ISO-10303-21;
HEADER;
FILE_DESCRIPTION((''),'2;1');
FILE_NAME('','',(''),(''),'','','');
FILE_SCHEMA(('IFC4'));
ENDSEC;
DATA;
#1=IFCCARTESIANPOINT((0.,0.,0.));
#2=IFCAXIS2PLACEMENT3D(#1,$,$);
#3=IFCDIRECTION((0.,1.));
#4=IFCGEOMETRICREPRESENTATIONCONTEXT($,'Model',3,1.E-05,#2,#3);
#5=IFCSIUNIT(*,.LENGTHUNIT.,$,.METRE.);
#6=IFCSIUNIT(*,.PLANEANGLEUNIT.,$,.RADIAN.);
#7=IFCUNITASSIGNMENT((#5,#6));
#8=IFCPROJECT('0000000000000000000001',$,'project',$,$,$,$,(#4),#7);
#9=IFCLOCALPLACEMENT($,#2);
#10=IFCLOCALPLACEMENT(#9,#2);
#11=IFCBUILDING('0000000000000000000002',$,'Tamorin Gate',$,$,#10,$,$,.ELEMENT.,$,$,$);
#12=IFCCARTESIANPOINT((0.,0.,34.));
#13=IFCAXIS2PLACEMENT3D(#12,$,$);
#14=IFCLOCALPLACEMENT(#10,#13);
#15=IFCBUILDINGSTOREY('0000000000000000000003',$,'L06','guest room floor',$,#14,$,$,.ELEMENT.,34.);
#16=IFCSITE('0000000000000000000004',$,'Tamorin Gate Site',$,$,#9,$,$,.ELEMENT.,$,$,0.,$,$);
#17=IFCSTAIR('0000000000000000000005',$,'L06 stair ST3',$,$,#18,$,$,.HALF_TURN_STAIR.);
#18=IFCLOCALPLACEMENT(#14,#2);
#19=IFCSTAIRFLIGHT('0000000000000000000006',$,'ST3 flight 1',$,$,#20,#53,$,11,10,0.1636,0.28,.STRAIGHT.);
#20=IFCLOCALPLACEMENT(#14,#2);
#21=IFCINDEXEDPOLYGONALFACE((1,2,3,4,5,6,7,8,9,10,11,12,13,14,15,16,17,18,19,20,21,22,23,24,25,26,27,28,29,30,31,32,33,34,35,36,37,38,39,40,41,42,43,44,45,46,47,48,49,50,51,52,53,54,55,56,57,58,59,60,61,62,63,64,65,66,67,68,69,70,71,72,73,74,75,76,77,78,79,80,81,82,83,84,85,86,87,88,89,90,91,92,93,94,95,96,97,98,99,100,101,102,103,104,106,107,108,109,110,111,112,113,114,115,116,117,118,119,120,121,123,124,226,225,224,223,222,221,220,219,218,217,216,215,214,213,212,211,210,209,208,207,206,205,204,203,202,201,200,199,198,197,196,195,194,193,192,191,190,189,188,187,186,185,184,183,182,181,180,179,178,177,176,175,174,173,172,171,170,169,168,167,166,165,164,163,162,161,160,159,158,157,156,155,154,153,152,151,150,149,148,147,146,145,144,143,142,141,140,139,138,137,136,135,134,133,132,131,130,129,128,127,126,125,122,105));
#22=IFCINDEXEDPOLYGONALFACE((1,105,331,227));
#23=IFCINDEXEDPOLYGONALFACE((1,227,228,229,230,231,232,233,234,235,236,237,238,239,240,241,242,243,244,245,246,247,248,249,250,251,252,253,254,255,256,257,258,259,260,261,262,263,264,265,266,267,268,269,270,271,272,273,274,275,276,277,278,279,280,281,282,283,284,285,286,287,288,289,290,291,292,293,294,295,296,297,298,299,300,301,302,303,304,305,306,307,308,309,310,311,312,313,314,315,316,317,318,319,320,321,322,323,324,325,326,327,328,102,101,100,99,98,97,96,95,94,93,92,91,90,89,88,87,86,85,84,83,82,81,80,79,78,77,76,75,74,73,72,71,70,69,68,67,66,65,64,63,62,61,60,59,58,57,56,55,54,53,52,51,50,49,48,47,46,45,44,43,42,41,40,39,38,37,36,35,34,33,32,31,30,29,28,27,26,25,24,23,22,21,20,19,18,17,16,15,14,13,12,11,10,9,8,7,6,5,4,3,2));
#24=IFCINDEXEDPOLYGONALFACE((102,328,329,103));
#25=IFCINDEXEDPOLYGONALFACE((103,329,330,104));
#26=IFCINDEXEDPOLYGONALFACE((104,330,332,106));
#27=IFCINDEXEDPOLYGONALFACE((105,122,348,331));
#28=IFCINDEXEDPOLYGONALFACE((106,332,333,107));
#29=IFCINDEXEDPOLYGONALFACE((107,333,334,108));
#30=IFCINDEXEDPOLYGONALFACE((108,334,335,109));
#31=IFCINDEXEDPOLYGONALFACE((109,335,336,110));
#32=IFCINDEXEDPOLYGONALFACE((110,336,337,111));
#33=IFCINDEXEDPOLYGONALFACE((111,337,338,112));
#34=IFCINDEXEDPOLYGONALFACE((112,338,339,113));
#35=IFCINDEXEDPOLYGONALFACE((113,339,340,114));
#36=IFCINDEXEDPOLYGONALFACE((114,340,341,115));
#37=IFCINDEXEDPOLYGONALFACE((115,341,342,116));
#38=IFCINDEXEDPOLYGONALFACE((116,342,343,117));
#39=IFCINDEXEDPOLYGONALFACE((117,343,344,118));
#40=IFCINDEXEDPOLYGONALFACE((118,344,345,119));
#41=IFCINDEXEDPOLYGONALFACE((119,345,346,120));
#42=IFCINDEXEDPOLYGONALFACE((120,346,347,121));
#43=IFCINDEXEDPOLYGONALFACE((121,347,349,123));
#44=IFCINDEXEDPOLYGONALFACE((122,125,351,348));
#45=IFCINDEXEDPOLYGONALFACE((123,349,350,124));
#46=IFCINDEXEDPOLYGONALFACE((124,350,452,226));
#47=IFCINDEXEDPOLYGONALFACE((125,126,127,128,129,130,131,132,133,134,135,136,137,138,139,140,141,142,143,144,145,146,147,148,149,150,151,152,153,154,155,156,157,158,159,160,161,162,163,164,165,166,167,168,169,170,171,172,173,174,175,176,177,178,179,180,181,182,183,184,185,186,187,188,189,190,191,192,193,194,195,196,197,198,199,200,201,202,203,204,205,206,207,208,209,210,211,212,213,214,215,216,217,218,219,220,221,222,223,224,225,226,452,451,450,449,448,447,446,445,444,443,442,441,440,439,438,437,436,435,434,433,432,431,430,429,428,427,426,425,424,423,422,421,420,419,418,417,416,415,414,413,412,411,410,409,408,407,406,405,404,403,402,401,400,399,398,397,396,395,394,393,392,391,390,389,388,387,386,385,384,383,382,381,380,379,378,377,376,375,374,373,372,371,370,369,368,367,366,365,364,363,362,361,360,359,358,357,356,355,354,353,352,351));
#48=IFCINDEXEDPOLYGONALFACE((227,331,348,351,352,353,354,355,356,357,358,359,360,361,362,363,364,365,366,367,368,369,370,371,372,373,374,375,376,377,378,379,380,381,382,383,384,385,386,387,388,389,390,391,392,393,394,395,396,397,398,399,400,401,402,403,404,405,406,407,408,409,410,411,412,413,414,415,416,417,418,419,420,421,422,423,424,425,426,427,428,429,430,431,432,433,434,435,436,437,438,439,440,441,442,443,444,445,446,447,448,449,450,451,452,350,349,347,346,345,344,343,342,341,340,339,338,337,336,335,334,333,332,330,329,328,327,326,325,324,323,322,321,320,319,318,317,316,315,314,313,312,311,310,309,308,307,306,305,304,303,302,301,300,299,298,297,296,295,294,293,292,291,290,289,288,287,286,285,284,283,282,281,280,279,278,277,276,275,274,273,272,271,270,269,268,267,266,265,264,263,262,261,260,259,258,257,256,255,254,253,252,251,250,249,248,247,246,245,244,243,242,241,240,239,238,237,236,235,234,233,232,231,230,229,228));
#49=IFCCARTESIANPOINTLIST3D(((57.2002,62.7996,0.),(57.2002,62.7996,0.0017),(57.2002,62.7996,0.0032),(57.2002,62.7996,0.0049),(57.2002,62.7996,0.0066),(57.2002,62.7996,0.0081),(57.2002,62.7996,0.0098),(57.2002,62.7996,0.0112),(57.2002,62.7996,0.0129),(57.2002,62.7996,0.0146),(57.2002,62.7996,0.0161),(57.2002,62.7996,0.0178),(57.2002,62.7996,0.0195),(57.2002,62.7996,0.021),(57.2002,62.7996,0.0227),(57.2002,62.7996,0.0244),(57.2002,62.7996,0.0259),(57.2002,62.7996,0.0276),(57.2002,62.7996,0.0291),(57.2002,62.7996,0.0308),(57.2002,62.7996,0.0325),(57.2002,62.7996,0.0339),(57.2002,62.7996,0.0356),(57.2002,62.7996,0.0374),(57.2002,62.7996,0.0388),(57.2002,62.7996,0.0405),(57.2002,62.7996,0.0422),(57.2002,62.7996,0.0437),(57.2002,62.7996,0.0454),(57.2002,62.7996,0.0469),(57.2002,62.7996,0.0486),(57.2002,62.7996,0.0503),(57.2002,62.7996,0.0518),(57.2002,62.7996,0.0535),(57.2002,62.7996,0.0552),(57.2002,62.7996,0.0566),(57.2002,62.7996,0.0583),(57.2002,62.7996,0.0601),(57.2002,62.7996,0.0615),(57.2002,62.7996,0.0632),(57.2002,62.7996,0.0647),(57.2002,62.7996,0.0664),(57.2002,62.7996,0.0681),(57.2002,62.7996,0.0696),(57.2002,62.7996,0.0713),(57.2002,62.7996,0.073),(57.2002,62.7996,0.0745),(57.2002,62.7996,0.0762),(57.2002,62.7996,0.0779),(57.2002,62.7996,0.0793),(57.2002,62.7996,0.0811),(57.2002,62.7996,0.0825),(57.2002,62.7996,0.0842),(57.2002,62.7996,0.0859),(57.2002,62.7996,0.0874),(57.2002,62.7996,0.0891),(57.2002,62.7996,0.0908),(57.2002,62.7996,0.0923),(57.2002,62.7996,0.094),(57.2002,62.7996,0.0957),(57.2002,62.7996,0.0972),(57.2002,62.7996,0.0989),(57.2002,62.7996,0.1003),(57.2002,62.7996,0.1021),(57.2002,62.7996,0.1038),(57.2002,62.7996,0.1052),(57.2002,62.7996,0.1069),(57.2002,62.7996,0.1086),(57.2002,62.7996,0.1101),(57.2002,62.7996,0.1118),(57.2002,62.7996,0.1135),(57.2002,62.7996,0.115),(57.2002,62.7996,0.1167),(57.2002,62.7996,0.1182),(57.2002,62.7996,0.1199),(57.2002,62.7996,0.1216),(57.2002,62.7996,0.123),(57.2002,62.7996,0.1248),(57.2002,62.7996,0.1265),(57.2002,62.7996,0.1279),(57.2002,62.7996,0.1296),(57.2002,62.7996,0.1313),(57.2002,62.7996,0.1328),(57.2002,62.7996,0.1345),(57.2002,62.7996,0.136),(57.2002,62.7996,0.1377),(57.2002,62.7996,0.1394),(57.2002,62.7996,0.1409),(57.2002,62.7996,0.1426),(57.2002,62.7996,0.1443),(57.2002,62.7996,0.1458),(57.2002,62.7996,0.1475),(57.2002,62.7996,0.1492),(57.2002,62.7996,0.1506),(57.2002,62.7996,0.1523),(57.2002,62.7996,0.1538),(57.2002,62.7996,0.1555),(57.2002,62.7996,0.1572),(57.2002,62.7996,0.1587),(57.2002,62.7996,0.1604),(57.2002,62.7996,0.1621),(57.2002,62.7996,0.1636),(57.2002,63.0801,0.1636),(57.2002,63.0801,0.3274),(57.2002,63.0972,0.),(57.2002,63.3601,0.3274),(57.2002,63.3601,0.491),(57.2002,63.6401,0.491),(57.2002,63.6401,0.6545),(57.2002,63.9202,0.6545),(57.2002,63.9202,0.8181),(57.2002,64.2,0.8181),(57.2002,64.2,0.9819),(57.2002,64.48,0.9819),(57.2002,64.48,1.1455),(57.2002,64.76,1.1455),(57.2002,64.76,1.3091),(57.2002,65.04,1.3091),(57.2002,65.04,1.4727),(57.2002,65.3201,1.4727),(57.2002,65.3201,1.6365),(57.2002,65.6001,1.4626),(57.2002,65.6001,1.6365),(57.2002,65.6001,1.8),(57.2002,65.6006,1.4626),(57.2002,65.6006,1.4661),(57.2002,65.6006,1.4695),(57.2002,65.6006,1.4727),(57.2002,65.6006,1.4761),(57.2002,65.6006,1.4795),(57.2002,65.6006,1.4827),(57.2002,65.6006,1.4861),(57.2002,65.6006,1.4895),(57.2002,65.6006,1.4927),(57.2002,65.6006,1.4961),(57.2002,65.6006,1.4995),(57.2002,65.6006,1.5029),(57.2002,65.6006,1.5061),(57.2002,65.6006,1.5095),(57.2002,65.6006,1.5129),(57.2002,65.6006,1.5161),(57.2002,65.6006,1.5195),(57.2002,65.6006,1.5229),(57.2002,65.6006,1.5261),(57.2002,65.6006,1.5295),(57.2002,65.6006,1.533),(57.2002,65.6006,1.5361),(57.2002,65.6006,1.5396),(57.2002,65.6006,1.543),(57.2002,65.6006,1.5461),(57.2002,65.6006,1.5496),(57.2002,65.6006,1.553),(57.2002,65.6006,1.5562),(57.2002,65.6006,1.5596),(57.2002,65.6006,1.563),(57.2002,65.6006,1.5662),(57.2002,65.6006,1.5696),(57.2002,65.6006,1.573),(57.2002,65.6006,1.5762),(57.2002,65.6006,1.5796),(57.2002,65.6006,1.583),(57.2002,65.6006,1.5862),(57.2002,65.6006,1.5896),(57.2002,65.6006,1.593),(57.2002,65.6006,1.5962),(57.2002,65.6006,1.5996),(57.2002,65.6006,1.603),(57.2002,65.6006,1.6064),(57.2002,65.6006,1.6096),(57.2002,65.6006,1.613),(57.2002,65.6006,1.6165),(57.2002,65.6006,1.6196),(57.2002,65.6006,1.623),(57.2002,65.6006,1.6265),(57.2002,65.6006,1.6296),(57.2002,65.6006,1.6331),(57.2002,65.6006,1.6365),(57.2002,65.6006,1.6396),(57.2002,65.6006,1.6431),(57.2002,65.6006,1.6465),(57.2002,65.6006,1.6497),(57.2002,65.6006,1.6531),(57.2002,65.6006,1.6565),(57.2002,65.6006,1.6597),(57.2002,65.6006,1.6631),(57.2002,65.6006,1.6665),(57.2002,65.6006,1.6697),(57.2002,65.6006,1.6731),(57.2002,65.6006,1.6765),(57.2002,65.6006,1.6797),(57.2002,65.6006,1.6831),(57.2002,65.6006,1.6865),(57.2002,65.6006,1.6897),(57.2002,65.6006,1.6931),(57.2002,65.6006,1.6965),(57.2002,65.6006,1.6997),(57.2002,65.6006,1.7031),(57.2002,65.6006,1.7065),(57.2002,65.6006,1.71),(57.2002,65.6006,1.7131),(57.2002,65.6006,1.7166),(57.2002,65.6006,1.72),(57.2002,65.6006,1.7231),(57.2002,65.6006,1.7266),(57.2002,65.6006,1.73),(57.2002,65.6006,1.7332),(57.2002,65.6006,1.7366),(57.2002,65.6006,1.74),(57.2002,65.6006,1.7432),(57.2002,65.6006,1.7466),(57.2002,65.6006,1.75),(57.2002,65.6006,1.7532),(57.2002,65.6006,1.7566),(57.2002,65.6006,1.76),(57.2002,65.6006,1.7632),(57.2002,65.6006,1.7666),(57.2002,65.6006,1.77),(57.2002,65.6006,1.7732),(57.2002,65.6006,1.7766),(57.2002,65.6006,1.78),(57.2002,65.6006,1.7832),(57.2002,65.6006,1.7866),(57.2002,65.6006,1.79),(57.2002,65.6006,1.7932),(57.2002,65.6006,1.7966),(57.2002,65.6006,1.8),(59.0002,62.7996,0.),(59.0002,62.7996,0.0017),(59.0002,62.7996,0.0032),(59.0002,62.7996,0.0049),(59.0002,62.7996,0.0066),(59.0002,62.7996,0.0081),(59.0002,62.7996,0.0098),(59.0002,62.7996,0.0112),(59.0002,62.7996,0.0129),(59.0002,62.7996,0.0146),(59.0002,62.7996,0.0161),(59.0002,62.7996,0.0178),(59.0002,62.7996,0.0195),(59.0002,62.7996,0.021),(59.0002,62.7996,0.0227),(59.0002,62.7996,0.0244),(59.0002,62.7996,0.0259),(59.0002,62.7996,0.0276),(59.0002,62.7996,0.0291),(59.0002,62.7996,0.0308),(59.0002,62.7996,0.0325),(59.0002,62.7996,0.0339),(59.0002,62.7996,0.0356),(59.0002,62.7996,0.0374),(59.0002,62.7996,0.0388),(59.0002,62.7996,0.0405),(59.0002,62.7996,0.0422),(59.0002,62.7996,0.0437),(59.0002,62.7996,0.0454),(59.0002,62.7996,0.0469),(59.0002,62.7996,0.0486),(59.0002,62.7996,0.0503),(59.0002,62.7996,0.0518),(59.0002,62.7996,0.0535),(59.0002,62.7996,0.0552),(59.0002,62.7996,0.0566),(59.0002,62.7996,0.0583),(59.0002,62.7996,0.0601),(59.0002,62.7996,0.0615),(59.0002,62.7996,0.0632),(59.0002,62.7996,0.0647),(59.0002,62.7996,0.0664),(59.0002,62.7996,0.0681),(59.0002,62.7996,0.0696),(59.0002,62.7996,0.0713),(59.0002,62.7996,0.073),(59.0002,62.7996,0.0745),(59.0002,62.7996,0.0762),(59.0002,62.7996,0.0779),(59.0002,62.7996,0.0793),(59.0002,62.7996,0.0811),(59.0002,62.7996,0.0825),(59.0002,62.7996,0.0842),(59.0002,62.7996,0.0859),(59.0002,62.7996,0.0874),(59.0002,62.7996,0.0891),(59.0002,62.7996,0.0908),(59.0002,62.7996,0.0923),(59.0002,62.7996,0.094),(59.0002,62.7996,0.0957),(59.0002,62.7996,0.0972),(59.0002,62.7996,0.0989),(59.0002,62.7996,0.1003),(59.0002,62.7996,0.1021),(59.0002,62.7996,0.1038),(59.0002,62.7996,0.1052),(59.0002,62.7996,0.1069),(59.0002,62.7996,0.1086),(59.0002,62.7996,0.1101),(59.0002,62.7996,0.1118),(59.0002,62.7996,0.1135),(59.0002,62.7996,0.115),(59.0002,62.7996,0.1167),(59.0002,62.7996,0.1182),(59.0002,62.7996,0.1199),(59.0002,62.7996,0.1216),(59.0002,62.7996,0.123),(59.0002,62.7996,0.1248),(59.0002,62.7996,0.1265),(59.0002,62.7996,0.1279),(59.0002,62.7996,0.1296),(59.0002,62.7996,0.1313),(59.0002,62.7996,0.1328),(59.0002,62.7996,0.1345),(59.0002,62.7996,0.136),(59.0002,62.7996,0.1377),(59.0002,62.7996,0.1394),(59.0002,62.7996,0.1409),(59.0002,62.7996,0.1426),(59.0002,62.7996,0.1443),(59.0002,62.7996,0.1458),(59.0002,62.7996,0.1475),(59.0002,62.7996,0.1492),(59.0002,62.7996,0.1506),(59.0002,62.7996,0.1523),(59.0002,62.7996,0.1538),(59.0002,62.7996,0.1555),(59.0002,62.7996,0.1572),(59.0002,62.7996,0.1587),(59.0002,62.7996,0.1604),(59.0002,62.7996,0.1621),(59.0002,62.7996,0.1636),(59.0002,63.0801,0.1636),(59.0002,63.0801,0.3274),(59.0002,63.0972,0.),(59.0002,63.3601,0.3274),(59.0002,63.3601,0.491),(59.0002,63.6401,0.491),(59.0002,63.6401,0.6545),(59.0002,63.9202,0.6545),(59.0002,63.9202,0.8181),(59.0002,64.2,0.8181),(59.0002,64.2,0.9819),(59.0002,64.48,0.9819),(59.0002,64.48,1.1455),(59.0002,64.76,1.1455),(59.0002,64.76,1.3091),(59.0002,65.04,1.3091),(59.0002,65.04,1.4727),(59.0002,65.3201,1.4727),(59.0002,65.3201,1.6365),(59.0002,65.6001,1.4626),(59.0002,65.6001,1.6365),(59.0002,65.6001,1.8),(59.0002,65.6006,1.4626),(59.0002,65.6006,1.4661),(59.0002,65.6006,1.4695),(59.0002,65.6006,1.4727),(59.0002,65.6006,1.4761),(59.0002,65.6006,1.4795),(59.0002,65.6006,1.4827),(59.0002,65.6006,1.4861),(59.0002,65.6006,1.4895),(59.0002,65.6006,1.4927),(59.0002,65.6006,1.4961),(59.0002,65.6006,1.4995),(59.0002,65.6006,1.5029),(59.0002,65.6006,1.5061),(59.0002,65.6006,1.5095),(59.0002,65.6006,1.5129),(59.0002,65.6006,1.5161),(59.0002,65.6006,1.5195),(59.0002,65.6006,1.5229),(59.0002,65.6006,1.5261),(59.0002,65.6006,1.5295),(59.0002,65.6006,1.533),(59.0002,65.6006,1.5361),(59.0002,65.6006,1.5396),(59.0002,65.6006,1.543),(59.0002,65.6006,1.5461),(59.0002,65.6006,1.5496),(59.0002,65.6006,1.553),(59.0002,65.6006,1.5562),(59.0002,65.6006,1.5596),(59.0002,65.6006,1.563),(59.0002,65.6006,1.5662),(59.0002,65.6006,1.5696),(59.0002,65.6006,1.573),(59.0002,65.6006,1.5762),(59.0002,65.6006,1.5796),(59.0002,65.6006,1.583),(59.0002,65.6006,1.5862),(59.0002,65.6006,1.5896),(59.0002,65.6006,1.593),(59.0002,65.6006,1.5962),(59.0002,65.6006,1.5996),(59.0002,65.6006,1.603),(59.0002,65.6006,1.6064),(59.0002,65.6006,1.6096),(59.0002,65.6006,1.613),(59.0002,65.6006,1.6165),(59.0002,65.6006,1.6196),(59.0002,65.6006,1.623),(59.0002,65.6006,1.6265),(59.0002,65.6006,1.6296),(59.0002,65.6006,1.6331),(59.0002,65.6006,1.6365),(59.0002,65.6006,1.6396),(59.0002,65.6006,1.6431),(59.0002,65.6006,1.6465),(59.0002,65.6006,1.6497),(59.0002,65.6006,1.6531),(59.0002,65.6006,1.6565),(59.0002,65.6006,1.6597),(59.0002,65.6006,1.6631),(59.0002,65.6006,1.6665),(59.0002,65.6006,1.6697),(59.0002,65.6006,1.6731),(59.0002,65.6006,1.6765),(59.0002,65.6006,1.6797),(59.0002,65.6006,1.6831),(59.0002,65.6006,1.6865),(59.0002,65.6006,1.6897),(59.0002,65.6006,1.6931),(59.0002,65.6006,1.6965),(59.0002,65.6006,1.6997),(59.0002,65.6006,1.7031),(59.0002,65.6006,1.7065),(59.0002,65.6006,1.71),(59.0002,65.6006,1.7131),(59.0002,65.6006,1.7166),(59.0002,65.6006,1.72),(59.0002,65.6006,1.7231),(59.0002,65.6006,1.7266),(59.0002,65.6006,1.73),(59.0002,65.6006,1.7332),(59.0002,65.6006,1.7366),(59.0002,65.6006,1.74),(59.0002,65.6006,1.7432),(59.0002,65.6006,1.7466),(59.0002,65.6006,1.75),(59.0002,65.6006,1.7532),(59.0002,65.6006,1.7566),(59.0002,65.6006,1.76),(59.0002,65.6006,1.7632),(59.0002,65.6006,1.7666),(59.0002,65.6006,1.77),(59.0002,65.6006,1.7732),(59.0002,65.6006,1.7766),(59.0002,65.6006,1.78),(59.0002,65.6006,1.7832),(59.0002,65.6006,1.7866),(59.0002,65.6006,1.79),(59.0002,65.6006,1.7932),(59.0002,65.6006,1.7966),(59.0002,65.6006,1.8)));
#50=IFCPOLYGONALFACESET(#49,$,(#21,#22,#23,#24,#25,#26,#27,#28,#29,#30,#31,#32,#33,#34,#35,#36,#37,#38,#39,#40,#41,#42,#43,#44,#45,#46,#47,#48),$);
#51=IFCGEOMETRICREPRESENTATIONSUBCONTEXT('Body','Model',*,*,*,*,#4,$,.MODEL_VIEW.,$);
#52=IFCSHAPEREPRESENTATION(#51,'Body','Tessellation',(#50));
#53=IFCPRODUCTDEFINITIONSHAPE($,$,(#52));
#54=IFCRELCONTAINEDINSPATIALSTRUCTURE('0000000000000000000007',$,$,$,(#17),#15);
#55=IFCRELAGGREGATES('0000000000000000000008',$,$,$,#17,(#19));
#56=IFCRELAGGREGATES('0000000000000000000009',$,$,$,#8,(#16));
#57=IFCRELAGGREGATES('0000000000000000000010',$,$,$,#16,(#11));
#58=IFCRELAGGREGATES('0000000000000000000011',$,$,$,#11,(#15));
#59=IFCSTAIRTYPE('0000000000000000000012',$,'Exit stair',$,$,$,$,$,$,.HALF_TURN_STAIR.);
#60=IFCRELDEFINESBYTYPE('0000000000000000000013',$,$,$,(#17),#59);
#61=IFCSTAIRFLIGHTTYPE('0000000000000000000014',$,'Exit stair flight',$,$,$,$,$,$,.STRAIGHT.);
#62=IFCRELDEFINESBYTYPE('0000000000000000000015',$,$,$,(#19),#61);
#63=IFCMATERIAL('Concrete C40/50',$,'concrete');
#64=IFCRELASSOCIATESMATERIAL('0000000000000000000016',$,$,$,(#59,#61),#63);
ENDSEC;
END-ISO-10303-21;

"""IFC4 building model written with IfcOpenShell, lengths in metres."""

from ifc_helpers import new_model, si_unit, direction, frame, origin, place, context, subcontext, project, spatial, polyline, outline, extrude, material, type_object, element, aggregate, save


model = new_model("IFC4")

# Units and contexts
model_context = context("Model", 3, precision=1e-05, world=origin(), true_north=direction((0.0, 1.0)))
body_context = subcontext(model_context, "Body", "Model", "MODEL_VIEW")
ifc_project = project(units=[si_unit("LENGTHUNIT", "METRE"), si_unit("PLANEANGLEUNIT", "RADIAN")], contexts=[model_context])

# Site, building, storey
site_placement = place(None, origin())
site = spatial("IfcSite", under=ifc_project, at=site_placement, Name="Tamorin Gate Site", CompositionType="ELEMENT", RefElevation=0.0)
building_placement = place(site_placement, origin())
building = spatial("IfcBuilding", under=site, at=building_placement, Name="Tamorin Gate", CompositionType="ELEMENT")
storey_placement = place(building_placement, frame((0.0, 0.0, 34.0)))
storey = spatial("IfcBuildingStorey", under=building, at=storey_placement, Name="L06", Description="guest room floor", CompositionType="ELEMENT", Elevation=34.0)

# Shared definitions
ifc_material_1 = material(Name="Concrete C40/50", Category="concrete")

# Stair, stair flight
stair_type = type_object("IfcStairType", Name="Exit stair", PredefinedType="HALF_TURN_STAIR", material=ifc_material_1)
stair_placement = place(storey_placement, origin())
stair = element("IfcStair", 1, at=stair_placement, inside=storey, type_object=stair_type, Name="L06 stair ST3", PredefinedType="HALF_TURN_STAIR")
stair_flight_type = type_object("IfcStairFlightType", Name="Exit stair flight", PredefinedType="STRAIGHT", material=ifc_material_1)
stair_flight_1_placement = place(storey_placement, frame((58.1001, 62.8, 0.0), z_axis=(0.0, 0.0, 1.0), x_axis=(0.0, 1.0, 0.0)))
stair_flight_1 = element("IfcStairFlight", 2, at=stair_flight_1_placement, type_object=stair_flight_type, Name="ST3 flight 1", NumberOfRisers=11, NumberOfTreads=10, PredefinedType="STRAIGHT", RiserHeight=0.1636, TreadLength=0.28, context=body_context, shape_type="SweptSolid", body=[
    extrude(outline(polyline([(-0.0005, 0.0), (-0.0005, 0.0017), (-0.0005, 0.0032), (-0.0005, 0.0049), (-0.0005, 0.0066), (-0.0005, 0.0081), (-0.0005, 0.0098), (-0.0005, 0.0112), (-0.0005, 0.0129), (-0.0005, 0.0146), (-0.0005, 0.0161), (-0.0005, 0.0178), (-0.0005, 0.0195), (-0.0005, 0.021), (-0.0005, 0.0227), (-0.0005, 0.0244), (-0.0005, 0.0259), (-0.0005, 0.0276), (-0.0005, 0.0291), (-0.0005, 0.0308), (-0.0005, 0.0325), (-0.0005, 0.0339), (-0.0005, 0.0356), (-0.0005, 0.0374), (-0.0005, 0.0388), (-0.0005, 0.0405), (-0.0005, 0.0422), (-0.0005, 0.0437), (-0.0005, 0.0454), (-0.0005, 0.0469), (-0.0005, 0.0486), (-0.0005, 0.0503), (-0.0005, 0.0518), (-0.0005, 0.0535), (-0.0005, 0.0552), (-0.0005, 0.0566), (-0.0005, 0.0583), (-0.0005, 0.0601), (-0.0005, 0.0615), (-0.0005, 0.0632), (-0.0005, 0.0647), (-0.0005, 0.0664), (-0.0005, 0.0681), (-0.0005, 0.0696), (-0.0005, 0.0713), (-0.0005, 0.073), (-0.0005, 0.0745), (-0.0005, 0.0762), (-0.0005, 0.0779), (-0.0005, 0.0793), (-0.0005, 0.0811), (-0.0005, 0.0825), (-0.0005, 0.0842), (-0.0005, 0.0859), (-0.0005, 0.0874), (-0.0005, 0.0891), (-0.0005, 0.0908), (-0.0005, 0.0923), (-0.0005, 0.094), (-0.0005, 0.0957), (-0.0005, 0.0972), (-0.0005, 0.0989), (-0.0005, 0.1003), (-0.0005, 0.1021), (-0.0005, 0.1038), (-0.0005, 0.1052), (-0.0005, 0.1069), (-0.0005, 0.1086), (-0.0005, 0.1101), (-0.0005, 0.1118), (-0.0005, 0.1135), (-0.0005, 0.115), (-0.0005, 0.1167), (-0.0005, 0.1182), (-0.0005, 0.1199), (-0.0005, 0.1216), (-0.0005, 0.123), (-0.0005, 0.1248), (-0.0005, 0.1265), (-0.0005, 0.1279), (-0.0005, 0.1296), (-0.0005, 0.1313), (-0.0005, 0.1328), (-0.0005, 0.1345), (-0.0005, 0.136), (-0.0005, 0.1377), (-0.0005, 0.1394), (-0.0005, 0.1409), (-0.0005, 0.1426), (-0.0005, 0.1443), (-0.0005, 0.1458), (-0.0005, 0.1475), (-0.0005, 0.1492), (-0.0005, 0.1506), (-0.0005, 0.1523), (-0.0005, 0.1538), (-0.0005, 0.1555), (-0.0005, 0.1572), (-0.0005, 0.1587), (-0.0005, 0.1604), (-0.0005, 0.1621), (-0.0005, 0.1636), (0.28, 0.1636), (0.28, 0.3274), (0.5601, 0.3274), (0.5601, 0.491), (0.8401, 0.491), (0.8401, 0.6545), (1.1201, 0.6545), (1.1201, 0.8181), (1.3999, 0.8181), (1.3999, 0.9819), (1.6799, 0.9819), (1.6799, 1.1455), (1.96, 1.1455), (1.96, 1.3091), (2.24, 1.3091), (2.24, 1.4727), (2.52, 1.4727), (2.52, 1.6365), (2.8, 1.6365), (2.8, 1.8), (2.8005, 1.8), (2.8005, 1.7966), (2.8005, 1.7932), (2.8005, 1.79), (2.8005, 1.7866), (2.8005, 1.7832), (2.8005, 1.78), (2.8005, 1.7766), (2.8005, 1.7732), (2.8005, 1.77), (2.8005, 1.7666), (2.8005, 1.7632), (2.8005, 1.76), (2.8005, 1.7566), (2.8005, 1.7532), (2.8005, 1.75), (2.8005, 1.7466), (2.8005, 1.7432), (2.8005, 1.74), (2.8005, 1.7366), (2.8005, 1.7332), (2.8005, 1.73), (2.8005, 1.7266), (2.8005, 1.7231), (2.8005, 1.72), (2.8005, 1.7166), (2.8005, 1.7131), (2.8005, 1.71), (2.8005, 1.7065), (2.8005, 1.7031), (2.8005, 1.6997), (2.8005, 1.6965), (2.8005, 1.6931), (2.8005, 1.6897), (2.8005, 1.6865), (2.8005, 1.6831), (2.8005, 1.6797), (2.8005, 1.6765), (2.8005, 1.6731), (2.8005, 1.6697), (2.8005, 1.6665), (2.8005, 1.6631), (2.8005, 1.6597), (2.8005, 1.6565), (2.8005, 1.6531), (2.8005, 1.6497), (2.8005, 1.6465), (2.8005, 1.6431), (2.8005, 1.6396), (2.8005, 1.6365), (2.8005, 1.6331), (2.8005, 1.6296), (2.8005, 1.6265), (2.8005, 1.623), (2.8005, 1.6196), (2.8005, 1.6165), (2.8005, 1.613), (2.8005, 1.6096), (2.8005, 1.6064), (2.8005, 1.603), (2.8005, 1.5996), (2.8005, 1.5962), (2.8005, 1.593), (2.8005, 1.5896), (2.8005, 1.5862), (2.8005, 1.583), (2.8005, 1.5796), (2.8005, 1.5762), (2.8005, 1.573), (2.8005, 1.5696), (2.8005, 1.5662), (2.8005, 1.563), (2.8005, 1.5596), (2.8005, 1.5562), (2.8005, 1.553), (2.8005, 1.5496), (2.8005, 1.5461), (2.8005, 1.543), (2.8005, 1.5396), (2.8005, 1.5361), (2.8005, 1.533), (2.8005, 1.5295), (2.8005, 1.5261), (2.8005, 1.5229), (2.8005, 1.5195), (2.8005, 1.5161), (2.8005, 1.5129), (2.8005, 1.5095), (2.8005, 1.5061), (2.8005, 1.5029), (2.8005, 1.4995), (2.8005, 1.4961), (2.8005, 1.4927), (2.8005, 1.4895), (2.8005, 1.4861), (2.8005, 1.4827), (2.8005, 1.4795), (2.8005, 1.4761), (2.8005, 1.4727), (2.8005, 1.4695), (2.8005, 1.4661), (2.8005, 1.4626), (2.8, 1.4626), (0.2971, 0.0), (-0.0005, 0.0)])), frame((0.0, 0.8999, 0.0), z_axis=(0.0, -1.0, 0.0), x_axis=(1.0, 0.0, 0.0)), (0.0, 0.0, 1.0), 1.8),
])
aggregate(stair, [stair_flight_1])

save(model, "model.ifc")
